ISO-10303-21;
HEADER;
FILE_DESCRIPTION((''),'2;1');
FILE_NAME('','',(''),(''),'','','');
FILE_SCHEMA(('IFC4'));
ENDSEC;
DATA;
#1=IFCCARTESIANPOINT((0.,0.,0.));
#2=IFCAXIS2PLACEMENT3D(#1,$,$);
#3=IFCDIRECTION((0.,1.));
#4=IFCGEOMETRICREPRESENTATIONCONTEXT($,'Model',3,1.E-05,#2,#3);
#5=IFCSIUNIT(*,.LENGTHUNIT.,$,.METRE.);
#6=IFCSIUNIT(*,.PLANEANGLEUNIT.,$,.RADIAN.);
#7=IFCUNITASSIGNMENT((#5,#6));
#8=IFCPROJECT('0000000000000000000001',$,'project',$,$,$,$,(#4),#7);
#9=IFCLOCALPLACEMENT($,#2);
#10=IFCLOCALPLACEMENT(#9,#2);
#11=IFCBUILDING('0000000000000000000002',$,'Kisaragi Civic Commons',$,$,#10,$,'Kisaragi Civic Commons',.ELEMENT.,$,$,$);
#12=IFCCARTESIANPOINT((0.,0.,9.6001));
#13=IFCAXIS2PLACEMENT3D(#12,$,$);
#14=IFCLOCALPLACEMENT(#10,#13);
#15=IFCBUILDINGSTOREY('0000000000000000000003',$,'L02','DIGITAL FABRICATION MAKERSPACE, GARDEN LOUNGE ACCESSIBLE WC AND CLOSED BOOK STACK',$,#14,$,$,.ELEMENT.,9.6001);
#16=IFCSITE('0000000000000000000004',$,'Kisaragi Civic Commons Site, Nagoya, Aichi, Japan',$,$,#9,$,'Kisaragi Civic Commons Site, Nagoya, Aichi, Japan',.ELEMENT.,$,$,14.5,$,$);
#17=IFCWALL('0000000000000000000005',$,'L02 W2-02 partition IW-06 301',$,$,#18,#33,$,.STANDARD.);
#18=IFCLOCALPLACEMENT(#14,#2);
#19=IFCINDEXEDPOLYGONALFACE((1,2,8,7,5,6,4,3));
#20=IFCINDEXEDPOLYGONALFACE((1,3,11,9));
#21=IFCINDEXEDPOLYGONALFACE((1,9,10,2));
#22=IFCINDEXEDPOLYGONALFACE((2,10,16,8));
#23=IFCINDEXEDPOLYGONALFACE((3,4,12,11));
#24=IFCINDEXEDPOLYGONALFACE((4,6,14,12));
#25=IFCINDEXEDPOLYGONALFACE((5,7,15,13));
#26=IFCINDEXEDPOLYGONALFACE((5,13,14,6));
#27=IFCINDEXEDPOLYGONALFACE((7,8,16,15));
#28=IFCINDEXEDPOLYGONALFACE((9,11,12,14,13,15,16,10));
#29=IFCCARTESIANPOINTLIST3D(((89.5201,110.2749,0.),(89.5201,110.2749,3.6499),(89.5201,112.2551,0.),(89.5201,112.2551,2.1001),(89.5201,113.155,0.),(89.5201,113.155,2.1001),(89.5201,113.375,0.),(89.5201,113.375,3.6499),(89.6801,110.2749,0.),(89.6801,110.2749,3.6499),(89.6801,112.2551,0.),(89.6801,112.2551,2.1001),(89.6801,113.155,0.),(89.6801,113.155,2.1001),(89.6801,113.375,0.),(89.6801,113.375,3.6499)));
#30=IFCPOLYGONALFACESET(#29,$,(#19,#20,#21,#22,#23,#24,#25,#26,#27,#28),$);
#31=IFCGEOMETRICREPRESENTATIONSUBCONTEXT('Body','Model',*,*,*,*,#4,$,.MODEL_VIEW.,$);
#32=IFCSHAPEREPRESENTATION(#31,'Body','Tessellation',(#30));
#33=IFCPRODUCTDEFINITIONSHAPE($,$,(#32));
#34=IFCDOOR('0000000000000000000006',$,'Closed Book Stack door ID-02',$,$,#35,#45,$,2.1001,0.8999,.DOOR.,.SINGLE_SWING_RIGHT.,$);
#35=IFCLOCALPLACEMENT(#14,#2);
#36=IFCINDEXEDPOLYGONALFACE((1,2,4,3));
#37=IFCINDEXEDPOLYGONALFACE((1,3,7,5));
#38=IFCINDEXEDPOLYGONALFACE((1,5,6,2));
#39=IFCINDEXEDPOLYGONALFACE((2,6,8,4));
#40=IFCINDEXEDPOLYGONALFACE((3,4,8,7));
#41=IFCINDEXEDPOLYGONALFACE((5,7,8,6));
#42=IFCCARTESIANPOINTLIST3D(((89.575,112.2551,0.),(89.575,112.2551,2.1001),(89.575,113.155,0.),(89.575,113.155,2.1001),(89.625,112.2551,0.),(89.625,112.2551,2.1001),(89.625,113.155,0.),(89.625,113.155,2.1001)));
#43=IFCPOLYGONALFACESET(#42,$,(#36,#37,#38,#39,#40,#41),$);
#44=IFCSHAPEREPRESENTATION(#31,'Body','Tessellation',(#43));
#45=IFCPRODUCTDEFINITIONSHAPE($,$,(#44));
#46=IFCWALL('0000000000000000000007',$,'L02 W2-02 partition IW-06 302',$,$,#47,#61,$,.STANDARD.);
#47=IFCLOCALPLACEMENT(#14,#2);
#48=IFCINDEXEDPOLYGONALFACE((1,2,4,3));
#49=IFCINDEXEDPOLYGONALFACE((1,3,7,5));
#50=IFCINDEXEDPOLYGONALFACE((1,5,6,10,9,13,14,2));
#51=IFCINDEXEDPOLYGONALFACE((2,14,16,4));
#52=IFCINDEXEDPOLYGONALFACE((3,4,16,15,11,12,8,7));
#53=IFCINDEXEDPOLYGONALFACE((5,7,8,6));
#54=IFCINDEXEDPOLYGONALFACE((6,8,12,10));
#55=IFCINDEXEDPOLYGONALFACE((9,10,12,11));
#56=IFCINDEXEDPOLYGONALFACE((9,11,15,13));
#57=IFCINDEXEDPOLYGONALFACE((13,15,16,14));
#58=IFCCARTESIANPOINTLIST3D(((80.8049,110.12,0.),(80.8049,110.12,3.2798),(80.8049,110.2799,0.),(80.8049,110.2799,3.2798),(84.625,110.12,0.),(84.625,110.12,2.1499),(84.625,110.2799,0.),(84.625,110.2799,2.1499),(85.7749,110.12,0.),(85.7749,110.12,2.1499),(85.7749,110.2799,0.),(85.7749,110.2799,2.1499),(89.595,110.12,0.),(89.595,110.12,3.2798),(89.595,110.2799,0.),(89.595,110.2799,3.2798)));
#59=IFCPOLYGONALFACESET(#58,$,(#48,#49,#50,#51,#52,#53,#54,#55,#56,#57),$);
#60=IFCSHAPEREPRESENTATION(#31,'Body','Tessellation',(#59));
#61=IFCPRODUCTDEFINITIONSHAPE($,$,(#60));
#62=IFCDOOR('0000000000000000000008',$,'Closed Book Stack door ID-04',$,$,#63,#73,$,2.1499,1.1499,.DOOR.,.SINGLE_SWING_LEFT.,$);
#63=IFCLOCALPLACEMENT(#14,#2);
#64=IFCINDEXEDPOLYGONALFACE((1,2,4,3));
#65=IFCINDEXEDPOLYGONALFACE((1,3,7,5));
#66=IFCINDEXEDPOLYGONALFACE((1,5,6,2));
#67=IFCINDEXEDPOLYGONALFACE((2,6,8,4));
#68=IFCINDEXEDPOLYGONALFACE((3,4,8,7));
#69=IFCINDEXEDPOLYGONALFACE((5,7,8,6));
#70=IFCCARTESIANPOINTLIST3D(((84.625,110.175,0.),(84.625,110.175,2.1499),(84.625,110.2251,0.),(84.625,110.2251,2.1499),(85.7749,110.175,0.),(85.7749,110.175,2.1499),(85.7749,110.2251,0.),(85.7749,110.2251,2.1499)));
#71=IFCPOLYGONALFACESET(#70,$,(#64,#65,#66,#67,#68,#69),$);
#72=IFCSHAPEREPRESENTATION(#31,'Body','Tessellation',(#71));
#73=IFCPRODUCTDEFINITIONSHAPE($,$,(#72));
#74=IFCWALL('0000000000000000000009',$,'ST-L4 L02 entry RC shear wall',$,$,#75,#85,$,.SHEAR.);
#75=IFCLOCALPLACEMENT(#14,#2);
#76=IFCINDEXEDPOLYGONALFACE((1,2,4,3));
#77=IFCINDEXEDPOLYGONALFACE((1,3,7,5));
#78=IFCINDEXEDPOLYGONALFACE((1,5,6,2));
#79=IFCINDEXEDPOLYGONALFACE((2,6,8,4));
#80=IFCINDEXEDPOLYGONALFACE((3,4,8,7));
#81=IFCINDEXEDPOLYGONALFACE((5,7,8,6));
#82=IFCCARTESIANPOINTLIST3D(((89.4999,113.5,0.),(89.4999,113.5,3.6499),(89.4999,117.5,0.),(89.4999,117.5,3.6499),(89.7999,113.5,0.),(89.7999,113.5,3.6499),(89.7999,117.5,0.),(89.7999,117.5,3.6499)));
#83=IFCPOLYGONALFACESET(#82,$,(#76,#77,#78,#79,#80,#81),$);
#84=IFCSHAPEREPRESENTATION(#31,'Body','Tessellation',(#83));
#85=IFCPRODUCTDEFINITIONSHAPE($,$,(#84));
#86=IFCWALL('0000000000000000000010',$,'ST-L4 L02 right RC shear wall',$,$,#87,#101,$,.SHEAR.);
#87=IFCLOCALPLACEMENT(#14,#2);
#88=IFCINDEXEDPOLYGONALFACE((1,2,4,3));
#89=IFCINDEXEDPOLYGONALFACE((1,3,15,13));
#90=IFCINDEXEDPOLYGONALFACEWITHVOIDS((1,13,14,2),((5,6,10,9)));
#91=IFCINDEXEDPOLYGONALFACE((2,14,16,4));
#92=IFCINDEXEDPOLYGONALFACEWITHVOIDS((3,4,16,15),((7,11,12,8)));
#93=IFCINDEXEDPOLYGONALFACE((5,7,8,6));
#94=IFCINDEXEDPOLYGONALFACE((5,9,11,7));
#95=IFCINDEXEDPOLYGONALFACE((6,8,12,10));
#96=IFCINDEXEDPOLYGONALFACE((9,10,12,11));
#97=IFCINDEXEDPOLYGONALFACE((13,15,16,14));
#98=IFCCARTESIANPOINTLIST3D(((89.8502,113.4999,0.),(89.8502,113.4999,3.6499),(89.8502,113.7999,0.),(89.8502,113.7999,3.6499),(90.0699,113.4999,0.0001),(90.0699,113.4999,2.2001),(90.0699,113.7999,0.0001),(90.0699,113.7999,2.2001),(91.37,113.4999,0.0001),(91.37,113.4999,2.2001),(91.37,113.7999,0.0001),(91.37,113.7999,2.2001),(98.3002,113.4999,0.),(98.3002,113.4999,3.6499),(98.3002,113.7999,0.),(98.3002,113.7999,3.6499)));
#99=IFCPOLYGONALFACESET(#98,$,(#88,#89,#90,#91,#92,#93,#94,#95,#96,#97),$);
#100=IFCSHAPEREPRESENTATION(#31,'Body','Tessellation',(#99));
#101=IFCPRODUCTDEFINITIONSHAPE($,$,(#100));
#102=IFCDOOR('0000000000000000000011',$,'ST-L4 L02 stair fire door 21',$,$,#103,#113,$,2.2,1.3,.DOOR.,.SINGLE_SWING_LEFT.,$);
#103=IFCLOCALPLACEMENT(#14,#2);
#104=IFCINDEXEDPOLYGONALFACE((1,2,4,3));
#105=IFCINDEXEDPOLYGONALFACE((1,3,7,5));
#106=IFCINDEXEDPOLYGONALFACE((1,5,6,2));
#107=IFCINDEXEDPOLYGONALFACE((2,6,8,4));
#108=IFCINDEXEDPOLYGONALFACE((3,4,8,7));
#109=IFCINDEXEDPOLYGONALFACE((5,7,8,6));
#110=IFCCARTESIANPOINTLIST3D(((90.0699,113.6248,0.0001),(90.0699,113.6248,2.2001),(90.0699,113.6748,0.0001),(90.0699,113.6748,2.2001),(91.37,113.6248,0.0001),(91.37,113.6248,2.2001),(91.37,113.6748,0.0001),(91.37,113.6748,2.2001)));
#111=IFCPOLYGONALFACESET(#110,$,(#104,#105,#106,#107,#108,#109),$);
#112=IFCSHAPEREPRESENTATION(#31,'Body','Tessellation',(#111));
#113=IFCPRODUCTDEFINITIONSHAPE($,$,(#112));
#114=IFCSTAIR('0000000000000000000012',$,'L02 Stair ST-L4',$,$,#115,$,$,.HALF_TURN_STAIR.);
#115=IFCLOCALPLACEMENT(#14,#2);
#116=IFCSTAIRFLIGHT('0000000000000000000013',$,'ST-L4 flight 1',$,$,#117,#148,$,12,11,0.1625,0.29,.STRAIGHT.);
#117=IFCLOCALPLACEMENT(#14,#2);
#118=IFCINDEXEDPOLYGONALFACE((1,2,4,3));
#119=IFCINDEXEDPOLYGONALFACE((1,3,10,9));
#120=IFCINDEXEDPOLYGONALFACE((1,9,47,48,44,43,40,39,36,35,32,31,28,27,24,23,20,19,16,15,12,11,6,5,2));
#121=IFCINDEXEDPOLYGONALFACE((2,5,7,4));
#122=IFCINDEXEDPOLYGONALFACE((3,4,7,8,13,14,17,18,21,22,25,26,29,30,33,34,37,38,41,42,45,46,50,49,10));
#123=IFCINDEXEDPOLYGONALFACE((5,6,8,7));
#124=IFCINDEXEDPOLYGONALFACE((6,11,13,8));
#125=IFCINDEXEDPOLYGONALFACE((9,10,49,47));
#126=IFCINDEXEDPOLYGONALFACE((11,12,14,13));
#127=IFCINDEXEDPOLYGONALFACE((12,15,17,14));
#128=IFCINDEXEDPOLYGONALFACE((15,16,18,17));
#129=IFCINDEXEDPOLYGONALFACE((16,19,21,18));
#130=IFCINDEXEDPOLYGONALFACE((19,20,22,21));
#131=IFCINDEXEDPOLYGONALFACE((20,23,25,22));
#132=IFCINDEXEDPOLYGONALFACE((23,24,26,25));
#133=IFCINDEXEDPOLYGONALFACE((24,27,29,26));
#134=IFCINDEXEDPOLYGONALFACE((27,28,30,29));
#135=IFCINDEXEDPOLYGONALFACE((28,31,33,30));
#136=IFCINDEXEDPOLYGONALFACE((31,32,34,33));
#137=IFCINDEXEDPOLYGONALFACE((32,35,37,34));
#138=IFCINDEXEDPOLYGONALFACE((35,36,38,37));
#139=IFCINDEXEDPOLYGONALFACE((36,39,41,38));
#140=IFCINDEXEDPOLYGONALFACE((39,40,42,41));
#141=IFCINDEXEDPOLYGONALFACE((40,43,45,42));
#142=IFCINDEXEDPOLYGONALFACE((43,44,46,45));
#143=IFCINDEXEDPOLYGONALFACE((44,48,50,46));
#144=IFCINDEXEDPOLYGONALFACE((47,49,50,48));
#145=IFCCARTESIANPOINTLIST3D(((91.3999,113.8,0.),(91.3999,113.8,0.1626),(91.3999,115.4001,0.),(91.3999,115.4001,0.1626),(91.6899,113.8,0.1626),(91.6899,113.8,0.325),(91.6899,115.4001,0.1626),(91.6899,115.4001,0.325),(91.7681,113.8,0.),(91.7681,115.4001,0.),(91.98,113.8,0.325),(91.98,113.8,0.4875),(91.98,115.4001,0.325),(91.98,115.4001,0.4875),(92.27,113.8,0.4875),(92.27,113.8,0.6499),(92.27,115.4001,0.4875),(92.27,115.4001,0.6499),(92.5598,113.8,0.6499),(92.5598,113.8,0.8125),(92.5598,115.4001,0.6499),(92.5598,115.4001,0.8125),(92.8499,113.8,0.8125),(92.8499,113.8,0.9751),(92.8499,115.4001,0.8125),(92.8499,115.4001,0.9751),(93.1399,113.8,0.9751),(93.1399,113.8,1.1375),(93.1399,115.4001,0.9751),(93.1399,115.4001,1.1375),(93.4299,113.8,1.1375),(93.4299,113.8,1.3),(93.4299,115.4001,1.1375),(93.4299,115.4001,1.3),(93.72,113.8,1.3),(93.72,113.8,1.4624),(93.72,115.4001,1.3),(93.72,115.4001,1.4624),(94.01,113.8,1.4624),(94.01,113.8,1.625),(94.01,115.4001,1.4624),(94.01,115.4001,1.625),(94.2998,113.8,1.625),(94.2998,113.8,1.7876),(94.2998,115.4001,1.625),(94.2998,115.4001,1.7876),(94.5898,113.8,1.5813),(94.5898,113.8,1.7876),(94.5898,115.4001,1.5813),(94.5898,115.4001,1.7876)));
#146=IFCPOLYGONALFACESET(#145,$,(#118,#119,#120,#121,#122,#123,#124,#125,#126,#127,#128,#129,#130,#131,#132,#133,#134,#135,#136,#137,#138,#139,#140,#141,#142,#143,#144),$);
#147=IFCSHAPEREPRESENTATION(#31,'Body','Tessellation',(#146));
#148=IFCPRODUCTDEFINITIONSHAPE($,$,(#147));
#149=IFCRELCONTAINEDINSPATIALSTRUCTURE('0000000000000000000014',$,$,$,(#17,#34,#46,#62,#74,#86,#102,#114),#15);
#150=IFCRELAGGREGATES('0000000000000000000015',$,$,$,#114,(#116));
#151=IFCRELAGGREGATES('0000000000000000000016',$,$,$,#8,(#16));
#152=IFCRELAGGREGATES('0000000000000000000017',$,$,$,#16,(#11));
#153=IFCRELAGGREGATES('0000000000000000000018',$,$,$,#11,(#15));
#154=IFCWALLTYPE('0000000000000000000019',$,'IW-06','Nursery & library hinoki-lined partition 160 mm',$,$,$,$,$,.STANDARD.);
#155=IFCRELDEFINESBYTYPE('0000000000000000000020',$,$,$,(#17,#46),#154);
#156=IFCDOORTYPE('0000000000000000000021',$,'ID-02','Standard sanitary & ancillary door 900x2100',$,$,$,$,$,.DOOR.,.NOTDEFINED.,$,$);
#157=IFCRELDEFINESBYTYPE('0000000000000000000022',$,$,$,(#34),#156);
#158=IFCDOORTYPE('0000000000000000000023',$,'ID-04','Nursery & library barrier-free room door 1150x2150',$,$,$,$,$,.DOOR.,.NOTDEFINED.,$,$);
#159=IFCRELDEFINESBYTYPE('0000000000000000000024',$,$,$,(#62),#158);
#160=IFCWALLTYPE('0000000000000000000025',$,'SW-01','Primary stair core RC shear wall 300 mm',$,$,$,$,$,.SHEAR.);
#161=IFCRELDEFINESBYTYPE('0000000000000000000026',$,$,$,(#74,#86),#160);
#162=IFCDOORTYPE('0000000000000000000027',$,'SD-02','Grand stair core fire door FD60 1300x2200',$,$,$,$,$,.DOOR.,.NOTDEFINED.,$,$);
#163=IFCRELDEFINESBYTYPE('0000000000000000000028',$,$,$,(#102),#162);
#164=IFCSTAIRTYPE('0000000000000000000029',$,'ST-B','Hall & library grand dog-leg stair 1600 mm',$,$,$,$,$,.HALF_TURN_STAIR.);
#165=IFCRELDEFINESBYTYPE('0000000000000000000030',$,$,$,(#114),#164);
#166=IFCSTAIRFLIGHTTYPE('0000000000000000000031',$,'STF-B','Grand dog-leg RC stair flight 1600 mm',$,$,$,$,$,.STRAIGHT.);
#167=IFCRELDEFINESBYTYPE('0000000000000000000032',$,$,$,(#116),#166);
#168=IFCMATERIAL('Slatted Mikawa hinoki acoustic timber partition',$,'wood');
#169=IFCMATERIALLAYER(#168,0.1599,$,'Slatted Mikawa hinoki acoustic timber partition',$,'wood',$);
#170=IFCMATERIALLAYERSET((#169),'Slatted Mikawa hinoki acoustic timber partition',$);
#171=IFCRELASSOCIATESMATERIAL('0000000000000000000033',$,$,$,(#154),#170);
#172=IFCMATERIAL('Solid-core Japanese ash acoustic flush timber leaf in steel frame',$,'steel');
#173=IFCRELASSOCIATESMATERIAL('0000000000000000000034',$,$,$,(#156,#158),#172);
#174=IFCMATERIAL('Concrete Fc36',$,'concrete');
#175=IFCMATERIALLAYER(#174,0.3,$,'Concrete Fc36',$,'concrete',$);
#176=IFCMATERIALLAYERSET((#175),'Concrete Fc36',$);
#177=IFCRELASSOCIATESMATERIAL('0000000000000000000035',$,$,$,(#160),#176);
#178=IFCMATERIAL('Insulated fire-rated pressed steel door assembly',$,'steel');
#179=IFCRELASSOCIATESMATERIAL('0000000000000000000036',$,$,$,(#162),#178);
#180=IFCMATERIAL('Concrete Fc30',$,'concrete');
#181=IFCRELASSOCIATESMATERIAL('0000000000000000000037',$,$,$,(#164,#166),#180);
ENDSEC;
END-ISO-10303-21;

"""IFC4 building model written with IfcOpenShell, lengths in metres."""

from ifc_helpers import new_model, si_unit, direction, frame, frame_2d, origin, place, context, subcontext, project, spatial, polyline, rectangle, outline, extrude, material, layer, layer_set, type_object, element, fill, aggregate, save


model = new_model("IFC4")

# Units and contexts
model_context = context("Model", 3, precision=1e-05, world=origin(), true_north=direction((0.0, 1.0)))
body_context = subcontext(model_context, "Body", "Model", "MODEL_VIEW")
ifc_project = project(units=[si_unit("LENGTHUNIT", "METRE"), si_unit("PLANEANGLEUNIT", "RADIAN")], contexts=[model_context])

# Site, building, storey
site_placement = place(None, origin())
site = spatial("IfcSite", under=ifc_project, at=site_placement, Name="Kisaragi Civic Commons Site, Nagoya, Aichi, Japan", LongName="Kisaragi Civic Commons Site, Nagoya, Aichi, Japan", CompositionType="ELEMENT", RefElevation=14.5)
building_placement = place(site_placement, origin())
building = spatial("IfcBuilding", under=site, at=building_placement, Name="Kisaragi Civic Commons", LongName="Kisaragi Civic Commons", CompositionType="ELEMENT")
storey_placement = place(building_placement, frame((0.0, 0.0, 9.6001)))
storey = spatial("IfcBuildingStorey", under=building, at=storey_placement, Name="L02", Description="DIGITAL FABRICATION MAKERSPACE, GARDEN LOUNGE ACCESSIBLE WC AND CLOSED BOOK STACK", CompositionType="ELEMENT", Elevation=9.6001)

# Shared definitions
ifc_material_1 = material(Name="Concrete Fc36", Category="concrete")

# Shared definitions
ifc_material_2 = material(Name="Concrete Fc30", Category="concrete")

# Walls, openings, doors
ifc_material_3 = material(Name="Slatted Mikawa hinoki acoustic timber partition", Category="wood")
ifc_layer_1 = layer(ifc_material_3, 0.1599, Name="Slatted Mikawa hinoki acoustic timber partition", Category="wood")
ifc_layer_set_1 = layer_set([ifc_layer_1], Name="Slatted Mikawa hinoki acoustic timber partition")
wall_type_1 = type_object("IfcWallType", Name="IW-06", Description="Nursery & library hinoki-lined partition 160 mm", PredefinedType="STANDARD", material=ifc_layer_set_1)
wall_1_placement = place(storey_placement, frame((89.6001, 113.375, 0.0), z_axis=(0.0, 0.0, 1.0), x_axis=(0.0, -1.0, 0.0)))
wall_1 = element("IfcWall", 1, at=wall_1_placement, inside=storey, type_object=wall_type_1, Name="L02 W2-02 partition IW-06 301", PredefinedType="STANDARD", context=body_context, shape_type="SweptSolid", body=[
    extrude(rectangle(XDim=3.1001, YDim=0.1599, at=frame_2d((1.55, 0.0))), origin(), (0.0, 0.0, 1.0), 3.6499),
])
opening_1_placement = place(wall_1_placement, frame((0.22, 0.0, 0.0)))
opening_1 = element("IfcOpeningElement", 2, at=opening_1_placement, cuts=wall_1, PredefinedType="OPENING", context=body_context, shape_type="SweptSolid", body=[
    extrude(rectangle(XDim=0.8999, YDim=2.1001, at=frame_2d((0.45, 1.05))), frame((0.0, 0.0898, 0.0), z_axis=(0.0, -1.0, 0.0), x_axis=(1.0, 0.0, 0.0)), (0.0, 0.0, 1.0), 0.1799),
])
ifc_material_4 = material(Name="Solid-core Japanese ash acoustic flush timber leaf in steel frame", Category="steel")
door_type_1 = type_object("IfcDoorType", Name="ID-02", Description="Standard sanitary & ancillary door 900x2100", OperationType="NOTDEFINED", PredefinedType="DOOR", material=ifc_material_4)
door_1_placement = place(opening_1_placement, origin())
door_1 = element("IfcDoor", 3, at=door_1_placement, inside=storey, type_object=door_type_1, Name="Closed Book Stack door ID-02", OperationType="SINGLE_SWING_RIGHT", OverallHeight=2.1001, OverallWidth=0.8999, PredefinedType="DOOR", context=body_context, shape_type="SweptSolid", body=[
    extrude(rectangle(XDim=0.8999, YDim=2.1001, at=frame_2d((0.45, 1.05))), frame((0.0, 0.0249, 0.0), z_axis=(0.0, -1.0, 0.0), x_axis=(1.0, 0.0, 0.0)), (0.0, 0.0, 1.0), 0.05),
])
fill(opening_1, door_1)
wall_2_placement = place(storey_placement, frame((89.595, 110.2, 0.0), z_axis=(0.0, 0.0, 1.0), x_axis=(-1.0, 0.0, 0.0)))
wall_2 = element("IfcWall", 4, at=wall_2_placement, inside=storey, type_object=wall_type_1, Name="L02 W2-02 partition IW-06 302", PredefinedType="STANDARD", context=body_context, shape_type="SweptSolid", body=[
    extrude(rectangle(XDim=8.79, YDim=0.1599, at=frame_2d((4.395, 0.0))), origin(), (0.0, 0.0, 1.0), 3.2798),
])
opening_2_placement = place(wall_2_placement, frame((3.8201, 0.0, 0.0)))
opening_2 = element("IfcOpeningElement", 5, at=opening_2_placement, cuts=wall_2, PredefinedType="OPENING", context=body_context, shape_type="SweptSolid", body=[
    extrude(rectangle(XDim=1.1499, YDim=2.1499, at=frame_2d((0.575, 1.075))), frame((0.0, 0.0898, 0.0), z_axis=(0.0, -1.0, 0.0), x_axis=(1.0, 0.0, 0.0)), (0.0, 0.0, 1.0), 0.1799),
])
door_type_2 = type_object("IfcDoorType", Name="ID-04", Description="Nursery & library barrier-free room door 1150x2150", OperationType="NOTDEFINED", PredefinedType="DOOR", material=ifc_material_4)
door_2_placement = place(opening_2_placement, origin())
door_2 = element("IfcDoor", 6, at=door_2_placement, inside=storey, type_object=door_type_2, Name="Closed Book Stack door ID-04", OperationType="SINGLE_SWING_LEFT", OverallHeight=2.1499, OverallWidth=1.1499, PredefinedType="DOOR", context=body_context, shape_type="SweptSolid", body=[
    extrude(rectangle(XDim=1.1499, YDim=2.1499, at=frame_2d((0.575, 1.075))), frame((0.0, 0.0249, 0.0), z_axis=(0.0, -1.0, 0.0), x_axis=(1.0, 0.0, 0.0)), (0.0, 0.0, 1.0), 0.05),
])
fill(opening_2, door_2)

# Wall
ifc_layer_2 = layer(ifc_material_1, 0.3, Name="Concrete Fc36", Category="concrete")
ifc_layer_set_2 = layer_set([ifc_layer_2], Name="Concrete Fc36")
wall_type_2 = type_object("IfcWallType", Name="SW-01", Description="Primary stair core RC shear wall 300 mm", PredefinedType="SHEAR", material=ifc_layer_set_2)
wall_3_placement = place(storey_placement, frame((89.6499, 117.5, 0.0), z_axis=(0.0, 0.0, 1.0), x_axis=(0.0, -1.0, 0.0)))
element("IfcWall", 7, at=wall_3_placement, inside=storey, type_object=wall_type_2, Name="ST-L4 L02 entry RC shear wall", PredefinedType="SHEAR", context=body_context, shape_type="SweptSolid", body=[
    extrude(rectangle(XDim=4.0, YDim=0.3, at=frame_2d((2.0, 0.0))), origin(), (0.0, 0.0, 1.0), 3.6499),
])

# Wall, opening, door
wall_4_placement = place(storey_placement, frame((89.8501, 113.6499, 0.0), z_axis=(0.0, 0.0, 1.0), x_axis=(1.0, 0.0, 0.0)))
wall_4 = element("IfcWall", 8, at=wall_4_placement, inside=storey, type_object=wall_type_2, Name="ST-L4 L02 right RC shear wall", PredefinedType="SHEAR", context=body_context, shape_type="SweptSolid", body=[
    extrude(rectangle(XDim=8.45, YDim=0.3, at=frame_2d((4.2251, 0.0))), origin(), (0.0, 0.0, 1.0), 3.6499),
])
opening_3_placement = place(wall_4_placement, frame((0.22, 0.0, 0.0)))
opening_3 = element("IfcOpeningElement", 9, at=opening_3_placement, cuts=wall_4, PredefinedType="OPENING", context=body_context, shape_type="SweptSolid", body=[
    extrude(rectangle(XDim=1.3, YDim=2.2, at=frame_2d((0.6499, 1.1001))), frame((0.0, 0.1599, 0.0), z_axis=(0.0, -1.0, 0.0), x_axis=(1.0, 0.0, 0.0)), (0.0, 0.0, 1.0), 0.3201),
])
ifc_material_5 = material(Name="Insulated fire-rated pressed steel door assembly", Category="steel")
door_type_3 = type_object("IfcDoorType", Name="SD-02", Description="Grand stair core fire door FD60 1300x2200", OperationType="NOTDEFINED", PredefinedType="DOOR", material=ifc_material_5)
door_3_placement = place(opening_3_placement, origin())
door_3 = element("IfcDoor", 10, at=door_3_placement, inside=storey, type_object=door_type_3, Name="ST-L4 L02 stair fire door 21", OperationType="SINGLE_SWING_LEFT", OverallHeight=2.2, OverallWidth=1.3, PredefinedType="DOOR", context=body_context, shape_type="SweptSolid", body=[
    extrude(rectangle(XDim=1.3, YDim=2.2, at=frame_2d((0.6499, 1.1001))), frame((0.0, 0.0249, 0.0), z_axis=(0.0, -1.0, 0.0), x_axis=(1.0, 0.0, 0.0)), (0.0, 0.0, 1.0), 0.05),
])
fill(opening_3, door_3)

# Stair, stair flight
stair_type = type_object("IfcStairType", Name="ST-B", Description="Hall & library grand dog-leg stair 1600 mm", PredefinedType="HALF_TURN_STAIR", material=ifc_material_2)
stair_placement = place(storey_placement, origin())
stair = element("IfcStair", 11, at=stair_placement, inside=storey, type_object=stair_type, Name="L02 Stair ST-L4", PredefinedType="HALF_TURN_STAIR")
stair_flight_type = type_object("IfcStairFlightType", Name="STF-B", Description="Grand dog-leg RC stair flight 1600 mm", PredefinedType="STRAIGHT", material=ifc_material_2)
stair_flight_1_placement = place(storey_placement, frame((91.3999, 114.6001, 0.0), z_axis=(0.0, 0.0, 1.0), x_axis=(1.0, 0.0, 0.0)))
stair_flight_1 = element("IfcStairFlight", 12, at=stair_flight_1_placement, type_object=stair_flight_type, Name="ST-L4 flight 1", NumberOfRisers=12, NumberOfTreads=11, PredefinedType="STRAIGHT", RiserHeight=0.1625, TreadLength=0.29, context=body_context, shape_type="SweptSolid", body=[
    extrude(outline(polyline([(0.0, 0.0), (0.0, 0.1626), (0.29, 0.1626), (0.29, 0.325), (0.5801, 0.325), (0.5801, 0.4875), (0.8701, 0.4875), (0.8701, 0.6499), (1.1599, 0.6499), (1.1599, 0.8125), (1.45, 0.8125), (1.45, 0.9751), (1.74, 0.9751), (1.74, 1.1375), (2.03, 1.1375), (2.03, 1.3), (2.3201, 1.3), (2.3201, 1.4624), (2.6101, 1.4624), (2.6101, 1.625), (2.8999, 1.625), (2.8999, 1.7876), (3.1899, 1.7876), (3.1899, 1.95), (3.1899, 1.5813), (0.3682, 0.0), (0.0, 0.0)])), frame((0.0, 0.8, 0.0), z_axis=(0.0, -1.0, 0.0), x_axis=(1.0, 0.0, 0.0)), (0.0, 0.0, 1.0), 1.6001),
])
aggregate(stair, [stair_flight_1])

save(model, "model.ifc")
